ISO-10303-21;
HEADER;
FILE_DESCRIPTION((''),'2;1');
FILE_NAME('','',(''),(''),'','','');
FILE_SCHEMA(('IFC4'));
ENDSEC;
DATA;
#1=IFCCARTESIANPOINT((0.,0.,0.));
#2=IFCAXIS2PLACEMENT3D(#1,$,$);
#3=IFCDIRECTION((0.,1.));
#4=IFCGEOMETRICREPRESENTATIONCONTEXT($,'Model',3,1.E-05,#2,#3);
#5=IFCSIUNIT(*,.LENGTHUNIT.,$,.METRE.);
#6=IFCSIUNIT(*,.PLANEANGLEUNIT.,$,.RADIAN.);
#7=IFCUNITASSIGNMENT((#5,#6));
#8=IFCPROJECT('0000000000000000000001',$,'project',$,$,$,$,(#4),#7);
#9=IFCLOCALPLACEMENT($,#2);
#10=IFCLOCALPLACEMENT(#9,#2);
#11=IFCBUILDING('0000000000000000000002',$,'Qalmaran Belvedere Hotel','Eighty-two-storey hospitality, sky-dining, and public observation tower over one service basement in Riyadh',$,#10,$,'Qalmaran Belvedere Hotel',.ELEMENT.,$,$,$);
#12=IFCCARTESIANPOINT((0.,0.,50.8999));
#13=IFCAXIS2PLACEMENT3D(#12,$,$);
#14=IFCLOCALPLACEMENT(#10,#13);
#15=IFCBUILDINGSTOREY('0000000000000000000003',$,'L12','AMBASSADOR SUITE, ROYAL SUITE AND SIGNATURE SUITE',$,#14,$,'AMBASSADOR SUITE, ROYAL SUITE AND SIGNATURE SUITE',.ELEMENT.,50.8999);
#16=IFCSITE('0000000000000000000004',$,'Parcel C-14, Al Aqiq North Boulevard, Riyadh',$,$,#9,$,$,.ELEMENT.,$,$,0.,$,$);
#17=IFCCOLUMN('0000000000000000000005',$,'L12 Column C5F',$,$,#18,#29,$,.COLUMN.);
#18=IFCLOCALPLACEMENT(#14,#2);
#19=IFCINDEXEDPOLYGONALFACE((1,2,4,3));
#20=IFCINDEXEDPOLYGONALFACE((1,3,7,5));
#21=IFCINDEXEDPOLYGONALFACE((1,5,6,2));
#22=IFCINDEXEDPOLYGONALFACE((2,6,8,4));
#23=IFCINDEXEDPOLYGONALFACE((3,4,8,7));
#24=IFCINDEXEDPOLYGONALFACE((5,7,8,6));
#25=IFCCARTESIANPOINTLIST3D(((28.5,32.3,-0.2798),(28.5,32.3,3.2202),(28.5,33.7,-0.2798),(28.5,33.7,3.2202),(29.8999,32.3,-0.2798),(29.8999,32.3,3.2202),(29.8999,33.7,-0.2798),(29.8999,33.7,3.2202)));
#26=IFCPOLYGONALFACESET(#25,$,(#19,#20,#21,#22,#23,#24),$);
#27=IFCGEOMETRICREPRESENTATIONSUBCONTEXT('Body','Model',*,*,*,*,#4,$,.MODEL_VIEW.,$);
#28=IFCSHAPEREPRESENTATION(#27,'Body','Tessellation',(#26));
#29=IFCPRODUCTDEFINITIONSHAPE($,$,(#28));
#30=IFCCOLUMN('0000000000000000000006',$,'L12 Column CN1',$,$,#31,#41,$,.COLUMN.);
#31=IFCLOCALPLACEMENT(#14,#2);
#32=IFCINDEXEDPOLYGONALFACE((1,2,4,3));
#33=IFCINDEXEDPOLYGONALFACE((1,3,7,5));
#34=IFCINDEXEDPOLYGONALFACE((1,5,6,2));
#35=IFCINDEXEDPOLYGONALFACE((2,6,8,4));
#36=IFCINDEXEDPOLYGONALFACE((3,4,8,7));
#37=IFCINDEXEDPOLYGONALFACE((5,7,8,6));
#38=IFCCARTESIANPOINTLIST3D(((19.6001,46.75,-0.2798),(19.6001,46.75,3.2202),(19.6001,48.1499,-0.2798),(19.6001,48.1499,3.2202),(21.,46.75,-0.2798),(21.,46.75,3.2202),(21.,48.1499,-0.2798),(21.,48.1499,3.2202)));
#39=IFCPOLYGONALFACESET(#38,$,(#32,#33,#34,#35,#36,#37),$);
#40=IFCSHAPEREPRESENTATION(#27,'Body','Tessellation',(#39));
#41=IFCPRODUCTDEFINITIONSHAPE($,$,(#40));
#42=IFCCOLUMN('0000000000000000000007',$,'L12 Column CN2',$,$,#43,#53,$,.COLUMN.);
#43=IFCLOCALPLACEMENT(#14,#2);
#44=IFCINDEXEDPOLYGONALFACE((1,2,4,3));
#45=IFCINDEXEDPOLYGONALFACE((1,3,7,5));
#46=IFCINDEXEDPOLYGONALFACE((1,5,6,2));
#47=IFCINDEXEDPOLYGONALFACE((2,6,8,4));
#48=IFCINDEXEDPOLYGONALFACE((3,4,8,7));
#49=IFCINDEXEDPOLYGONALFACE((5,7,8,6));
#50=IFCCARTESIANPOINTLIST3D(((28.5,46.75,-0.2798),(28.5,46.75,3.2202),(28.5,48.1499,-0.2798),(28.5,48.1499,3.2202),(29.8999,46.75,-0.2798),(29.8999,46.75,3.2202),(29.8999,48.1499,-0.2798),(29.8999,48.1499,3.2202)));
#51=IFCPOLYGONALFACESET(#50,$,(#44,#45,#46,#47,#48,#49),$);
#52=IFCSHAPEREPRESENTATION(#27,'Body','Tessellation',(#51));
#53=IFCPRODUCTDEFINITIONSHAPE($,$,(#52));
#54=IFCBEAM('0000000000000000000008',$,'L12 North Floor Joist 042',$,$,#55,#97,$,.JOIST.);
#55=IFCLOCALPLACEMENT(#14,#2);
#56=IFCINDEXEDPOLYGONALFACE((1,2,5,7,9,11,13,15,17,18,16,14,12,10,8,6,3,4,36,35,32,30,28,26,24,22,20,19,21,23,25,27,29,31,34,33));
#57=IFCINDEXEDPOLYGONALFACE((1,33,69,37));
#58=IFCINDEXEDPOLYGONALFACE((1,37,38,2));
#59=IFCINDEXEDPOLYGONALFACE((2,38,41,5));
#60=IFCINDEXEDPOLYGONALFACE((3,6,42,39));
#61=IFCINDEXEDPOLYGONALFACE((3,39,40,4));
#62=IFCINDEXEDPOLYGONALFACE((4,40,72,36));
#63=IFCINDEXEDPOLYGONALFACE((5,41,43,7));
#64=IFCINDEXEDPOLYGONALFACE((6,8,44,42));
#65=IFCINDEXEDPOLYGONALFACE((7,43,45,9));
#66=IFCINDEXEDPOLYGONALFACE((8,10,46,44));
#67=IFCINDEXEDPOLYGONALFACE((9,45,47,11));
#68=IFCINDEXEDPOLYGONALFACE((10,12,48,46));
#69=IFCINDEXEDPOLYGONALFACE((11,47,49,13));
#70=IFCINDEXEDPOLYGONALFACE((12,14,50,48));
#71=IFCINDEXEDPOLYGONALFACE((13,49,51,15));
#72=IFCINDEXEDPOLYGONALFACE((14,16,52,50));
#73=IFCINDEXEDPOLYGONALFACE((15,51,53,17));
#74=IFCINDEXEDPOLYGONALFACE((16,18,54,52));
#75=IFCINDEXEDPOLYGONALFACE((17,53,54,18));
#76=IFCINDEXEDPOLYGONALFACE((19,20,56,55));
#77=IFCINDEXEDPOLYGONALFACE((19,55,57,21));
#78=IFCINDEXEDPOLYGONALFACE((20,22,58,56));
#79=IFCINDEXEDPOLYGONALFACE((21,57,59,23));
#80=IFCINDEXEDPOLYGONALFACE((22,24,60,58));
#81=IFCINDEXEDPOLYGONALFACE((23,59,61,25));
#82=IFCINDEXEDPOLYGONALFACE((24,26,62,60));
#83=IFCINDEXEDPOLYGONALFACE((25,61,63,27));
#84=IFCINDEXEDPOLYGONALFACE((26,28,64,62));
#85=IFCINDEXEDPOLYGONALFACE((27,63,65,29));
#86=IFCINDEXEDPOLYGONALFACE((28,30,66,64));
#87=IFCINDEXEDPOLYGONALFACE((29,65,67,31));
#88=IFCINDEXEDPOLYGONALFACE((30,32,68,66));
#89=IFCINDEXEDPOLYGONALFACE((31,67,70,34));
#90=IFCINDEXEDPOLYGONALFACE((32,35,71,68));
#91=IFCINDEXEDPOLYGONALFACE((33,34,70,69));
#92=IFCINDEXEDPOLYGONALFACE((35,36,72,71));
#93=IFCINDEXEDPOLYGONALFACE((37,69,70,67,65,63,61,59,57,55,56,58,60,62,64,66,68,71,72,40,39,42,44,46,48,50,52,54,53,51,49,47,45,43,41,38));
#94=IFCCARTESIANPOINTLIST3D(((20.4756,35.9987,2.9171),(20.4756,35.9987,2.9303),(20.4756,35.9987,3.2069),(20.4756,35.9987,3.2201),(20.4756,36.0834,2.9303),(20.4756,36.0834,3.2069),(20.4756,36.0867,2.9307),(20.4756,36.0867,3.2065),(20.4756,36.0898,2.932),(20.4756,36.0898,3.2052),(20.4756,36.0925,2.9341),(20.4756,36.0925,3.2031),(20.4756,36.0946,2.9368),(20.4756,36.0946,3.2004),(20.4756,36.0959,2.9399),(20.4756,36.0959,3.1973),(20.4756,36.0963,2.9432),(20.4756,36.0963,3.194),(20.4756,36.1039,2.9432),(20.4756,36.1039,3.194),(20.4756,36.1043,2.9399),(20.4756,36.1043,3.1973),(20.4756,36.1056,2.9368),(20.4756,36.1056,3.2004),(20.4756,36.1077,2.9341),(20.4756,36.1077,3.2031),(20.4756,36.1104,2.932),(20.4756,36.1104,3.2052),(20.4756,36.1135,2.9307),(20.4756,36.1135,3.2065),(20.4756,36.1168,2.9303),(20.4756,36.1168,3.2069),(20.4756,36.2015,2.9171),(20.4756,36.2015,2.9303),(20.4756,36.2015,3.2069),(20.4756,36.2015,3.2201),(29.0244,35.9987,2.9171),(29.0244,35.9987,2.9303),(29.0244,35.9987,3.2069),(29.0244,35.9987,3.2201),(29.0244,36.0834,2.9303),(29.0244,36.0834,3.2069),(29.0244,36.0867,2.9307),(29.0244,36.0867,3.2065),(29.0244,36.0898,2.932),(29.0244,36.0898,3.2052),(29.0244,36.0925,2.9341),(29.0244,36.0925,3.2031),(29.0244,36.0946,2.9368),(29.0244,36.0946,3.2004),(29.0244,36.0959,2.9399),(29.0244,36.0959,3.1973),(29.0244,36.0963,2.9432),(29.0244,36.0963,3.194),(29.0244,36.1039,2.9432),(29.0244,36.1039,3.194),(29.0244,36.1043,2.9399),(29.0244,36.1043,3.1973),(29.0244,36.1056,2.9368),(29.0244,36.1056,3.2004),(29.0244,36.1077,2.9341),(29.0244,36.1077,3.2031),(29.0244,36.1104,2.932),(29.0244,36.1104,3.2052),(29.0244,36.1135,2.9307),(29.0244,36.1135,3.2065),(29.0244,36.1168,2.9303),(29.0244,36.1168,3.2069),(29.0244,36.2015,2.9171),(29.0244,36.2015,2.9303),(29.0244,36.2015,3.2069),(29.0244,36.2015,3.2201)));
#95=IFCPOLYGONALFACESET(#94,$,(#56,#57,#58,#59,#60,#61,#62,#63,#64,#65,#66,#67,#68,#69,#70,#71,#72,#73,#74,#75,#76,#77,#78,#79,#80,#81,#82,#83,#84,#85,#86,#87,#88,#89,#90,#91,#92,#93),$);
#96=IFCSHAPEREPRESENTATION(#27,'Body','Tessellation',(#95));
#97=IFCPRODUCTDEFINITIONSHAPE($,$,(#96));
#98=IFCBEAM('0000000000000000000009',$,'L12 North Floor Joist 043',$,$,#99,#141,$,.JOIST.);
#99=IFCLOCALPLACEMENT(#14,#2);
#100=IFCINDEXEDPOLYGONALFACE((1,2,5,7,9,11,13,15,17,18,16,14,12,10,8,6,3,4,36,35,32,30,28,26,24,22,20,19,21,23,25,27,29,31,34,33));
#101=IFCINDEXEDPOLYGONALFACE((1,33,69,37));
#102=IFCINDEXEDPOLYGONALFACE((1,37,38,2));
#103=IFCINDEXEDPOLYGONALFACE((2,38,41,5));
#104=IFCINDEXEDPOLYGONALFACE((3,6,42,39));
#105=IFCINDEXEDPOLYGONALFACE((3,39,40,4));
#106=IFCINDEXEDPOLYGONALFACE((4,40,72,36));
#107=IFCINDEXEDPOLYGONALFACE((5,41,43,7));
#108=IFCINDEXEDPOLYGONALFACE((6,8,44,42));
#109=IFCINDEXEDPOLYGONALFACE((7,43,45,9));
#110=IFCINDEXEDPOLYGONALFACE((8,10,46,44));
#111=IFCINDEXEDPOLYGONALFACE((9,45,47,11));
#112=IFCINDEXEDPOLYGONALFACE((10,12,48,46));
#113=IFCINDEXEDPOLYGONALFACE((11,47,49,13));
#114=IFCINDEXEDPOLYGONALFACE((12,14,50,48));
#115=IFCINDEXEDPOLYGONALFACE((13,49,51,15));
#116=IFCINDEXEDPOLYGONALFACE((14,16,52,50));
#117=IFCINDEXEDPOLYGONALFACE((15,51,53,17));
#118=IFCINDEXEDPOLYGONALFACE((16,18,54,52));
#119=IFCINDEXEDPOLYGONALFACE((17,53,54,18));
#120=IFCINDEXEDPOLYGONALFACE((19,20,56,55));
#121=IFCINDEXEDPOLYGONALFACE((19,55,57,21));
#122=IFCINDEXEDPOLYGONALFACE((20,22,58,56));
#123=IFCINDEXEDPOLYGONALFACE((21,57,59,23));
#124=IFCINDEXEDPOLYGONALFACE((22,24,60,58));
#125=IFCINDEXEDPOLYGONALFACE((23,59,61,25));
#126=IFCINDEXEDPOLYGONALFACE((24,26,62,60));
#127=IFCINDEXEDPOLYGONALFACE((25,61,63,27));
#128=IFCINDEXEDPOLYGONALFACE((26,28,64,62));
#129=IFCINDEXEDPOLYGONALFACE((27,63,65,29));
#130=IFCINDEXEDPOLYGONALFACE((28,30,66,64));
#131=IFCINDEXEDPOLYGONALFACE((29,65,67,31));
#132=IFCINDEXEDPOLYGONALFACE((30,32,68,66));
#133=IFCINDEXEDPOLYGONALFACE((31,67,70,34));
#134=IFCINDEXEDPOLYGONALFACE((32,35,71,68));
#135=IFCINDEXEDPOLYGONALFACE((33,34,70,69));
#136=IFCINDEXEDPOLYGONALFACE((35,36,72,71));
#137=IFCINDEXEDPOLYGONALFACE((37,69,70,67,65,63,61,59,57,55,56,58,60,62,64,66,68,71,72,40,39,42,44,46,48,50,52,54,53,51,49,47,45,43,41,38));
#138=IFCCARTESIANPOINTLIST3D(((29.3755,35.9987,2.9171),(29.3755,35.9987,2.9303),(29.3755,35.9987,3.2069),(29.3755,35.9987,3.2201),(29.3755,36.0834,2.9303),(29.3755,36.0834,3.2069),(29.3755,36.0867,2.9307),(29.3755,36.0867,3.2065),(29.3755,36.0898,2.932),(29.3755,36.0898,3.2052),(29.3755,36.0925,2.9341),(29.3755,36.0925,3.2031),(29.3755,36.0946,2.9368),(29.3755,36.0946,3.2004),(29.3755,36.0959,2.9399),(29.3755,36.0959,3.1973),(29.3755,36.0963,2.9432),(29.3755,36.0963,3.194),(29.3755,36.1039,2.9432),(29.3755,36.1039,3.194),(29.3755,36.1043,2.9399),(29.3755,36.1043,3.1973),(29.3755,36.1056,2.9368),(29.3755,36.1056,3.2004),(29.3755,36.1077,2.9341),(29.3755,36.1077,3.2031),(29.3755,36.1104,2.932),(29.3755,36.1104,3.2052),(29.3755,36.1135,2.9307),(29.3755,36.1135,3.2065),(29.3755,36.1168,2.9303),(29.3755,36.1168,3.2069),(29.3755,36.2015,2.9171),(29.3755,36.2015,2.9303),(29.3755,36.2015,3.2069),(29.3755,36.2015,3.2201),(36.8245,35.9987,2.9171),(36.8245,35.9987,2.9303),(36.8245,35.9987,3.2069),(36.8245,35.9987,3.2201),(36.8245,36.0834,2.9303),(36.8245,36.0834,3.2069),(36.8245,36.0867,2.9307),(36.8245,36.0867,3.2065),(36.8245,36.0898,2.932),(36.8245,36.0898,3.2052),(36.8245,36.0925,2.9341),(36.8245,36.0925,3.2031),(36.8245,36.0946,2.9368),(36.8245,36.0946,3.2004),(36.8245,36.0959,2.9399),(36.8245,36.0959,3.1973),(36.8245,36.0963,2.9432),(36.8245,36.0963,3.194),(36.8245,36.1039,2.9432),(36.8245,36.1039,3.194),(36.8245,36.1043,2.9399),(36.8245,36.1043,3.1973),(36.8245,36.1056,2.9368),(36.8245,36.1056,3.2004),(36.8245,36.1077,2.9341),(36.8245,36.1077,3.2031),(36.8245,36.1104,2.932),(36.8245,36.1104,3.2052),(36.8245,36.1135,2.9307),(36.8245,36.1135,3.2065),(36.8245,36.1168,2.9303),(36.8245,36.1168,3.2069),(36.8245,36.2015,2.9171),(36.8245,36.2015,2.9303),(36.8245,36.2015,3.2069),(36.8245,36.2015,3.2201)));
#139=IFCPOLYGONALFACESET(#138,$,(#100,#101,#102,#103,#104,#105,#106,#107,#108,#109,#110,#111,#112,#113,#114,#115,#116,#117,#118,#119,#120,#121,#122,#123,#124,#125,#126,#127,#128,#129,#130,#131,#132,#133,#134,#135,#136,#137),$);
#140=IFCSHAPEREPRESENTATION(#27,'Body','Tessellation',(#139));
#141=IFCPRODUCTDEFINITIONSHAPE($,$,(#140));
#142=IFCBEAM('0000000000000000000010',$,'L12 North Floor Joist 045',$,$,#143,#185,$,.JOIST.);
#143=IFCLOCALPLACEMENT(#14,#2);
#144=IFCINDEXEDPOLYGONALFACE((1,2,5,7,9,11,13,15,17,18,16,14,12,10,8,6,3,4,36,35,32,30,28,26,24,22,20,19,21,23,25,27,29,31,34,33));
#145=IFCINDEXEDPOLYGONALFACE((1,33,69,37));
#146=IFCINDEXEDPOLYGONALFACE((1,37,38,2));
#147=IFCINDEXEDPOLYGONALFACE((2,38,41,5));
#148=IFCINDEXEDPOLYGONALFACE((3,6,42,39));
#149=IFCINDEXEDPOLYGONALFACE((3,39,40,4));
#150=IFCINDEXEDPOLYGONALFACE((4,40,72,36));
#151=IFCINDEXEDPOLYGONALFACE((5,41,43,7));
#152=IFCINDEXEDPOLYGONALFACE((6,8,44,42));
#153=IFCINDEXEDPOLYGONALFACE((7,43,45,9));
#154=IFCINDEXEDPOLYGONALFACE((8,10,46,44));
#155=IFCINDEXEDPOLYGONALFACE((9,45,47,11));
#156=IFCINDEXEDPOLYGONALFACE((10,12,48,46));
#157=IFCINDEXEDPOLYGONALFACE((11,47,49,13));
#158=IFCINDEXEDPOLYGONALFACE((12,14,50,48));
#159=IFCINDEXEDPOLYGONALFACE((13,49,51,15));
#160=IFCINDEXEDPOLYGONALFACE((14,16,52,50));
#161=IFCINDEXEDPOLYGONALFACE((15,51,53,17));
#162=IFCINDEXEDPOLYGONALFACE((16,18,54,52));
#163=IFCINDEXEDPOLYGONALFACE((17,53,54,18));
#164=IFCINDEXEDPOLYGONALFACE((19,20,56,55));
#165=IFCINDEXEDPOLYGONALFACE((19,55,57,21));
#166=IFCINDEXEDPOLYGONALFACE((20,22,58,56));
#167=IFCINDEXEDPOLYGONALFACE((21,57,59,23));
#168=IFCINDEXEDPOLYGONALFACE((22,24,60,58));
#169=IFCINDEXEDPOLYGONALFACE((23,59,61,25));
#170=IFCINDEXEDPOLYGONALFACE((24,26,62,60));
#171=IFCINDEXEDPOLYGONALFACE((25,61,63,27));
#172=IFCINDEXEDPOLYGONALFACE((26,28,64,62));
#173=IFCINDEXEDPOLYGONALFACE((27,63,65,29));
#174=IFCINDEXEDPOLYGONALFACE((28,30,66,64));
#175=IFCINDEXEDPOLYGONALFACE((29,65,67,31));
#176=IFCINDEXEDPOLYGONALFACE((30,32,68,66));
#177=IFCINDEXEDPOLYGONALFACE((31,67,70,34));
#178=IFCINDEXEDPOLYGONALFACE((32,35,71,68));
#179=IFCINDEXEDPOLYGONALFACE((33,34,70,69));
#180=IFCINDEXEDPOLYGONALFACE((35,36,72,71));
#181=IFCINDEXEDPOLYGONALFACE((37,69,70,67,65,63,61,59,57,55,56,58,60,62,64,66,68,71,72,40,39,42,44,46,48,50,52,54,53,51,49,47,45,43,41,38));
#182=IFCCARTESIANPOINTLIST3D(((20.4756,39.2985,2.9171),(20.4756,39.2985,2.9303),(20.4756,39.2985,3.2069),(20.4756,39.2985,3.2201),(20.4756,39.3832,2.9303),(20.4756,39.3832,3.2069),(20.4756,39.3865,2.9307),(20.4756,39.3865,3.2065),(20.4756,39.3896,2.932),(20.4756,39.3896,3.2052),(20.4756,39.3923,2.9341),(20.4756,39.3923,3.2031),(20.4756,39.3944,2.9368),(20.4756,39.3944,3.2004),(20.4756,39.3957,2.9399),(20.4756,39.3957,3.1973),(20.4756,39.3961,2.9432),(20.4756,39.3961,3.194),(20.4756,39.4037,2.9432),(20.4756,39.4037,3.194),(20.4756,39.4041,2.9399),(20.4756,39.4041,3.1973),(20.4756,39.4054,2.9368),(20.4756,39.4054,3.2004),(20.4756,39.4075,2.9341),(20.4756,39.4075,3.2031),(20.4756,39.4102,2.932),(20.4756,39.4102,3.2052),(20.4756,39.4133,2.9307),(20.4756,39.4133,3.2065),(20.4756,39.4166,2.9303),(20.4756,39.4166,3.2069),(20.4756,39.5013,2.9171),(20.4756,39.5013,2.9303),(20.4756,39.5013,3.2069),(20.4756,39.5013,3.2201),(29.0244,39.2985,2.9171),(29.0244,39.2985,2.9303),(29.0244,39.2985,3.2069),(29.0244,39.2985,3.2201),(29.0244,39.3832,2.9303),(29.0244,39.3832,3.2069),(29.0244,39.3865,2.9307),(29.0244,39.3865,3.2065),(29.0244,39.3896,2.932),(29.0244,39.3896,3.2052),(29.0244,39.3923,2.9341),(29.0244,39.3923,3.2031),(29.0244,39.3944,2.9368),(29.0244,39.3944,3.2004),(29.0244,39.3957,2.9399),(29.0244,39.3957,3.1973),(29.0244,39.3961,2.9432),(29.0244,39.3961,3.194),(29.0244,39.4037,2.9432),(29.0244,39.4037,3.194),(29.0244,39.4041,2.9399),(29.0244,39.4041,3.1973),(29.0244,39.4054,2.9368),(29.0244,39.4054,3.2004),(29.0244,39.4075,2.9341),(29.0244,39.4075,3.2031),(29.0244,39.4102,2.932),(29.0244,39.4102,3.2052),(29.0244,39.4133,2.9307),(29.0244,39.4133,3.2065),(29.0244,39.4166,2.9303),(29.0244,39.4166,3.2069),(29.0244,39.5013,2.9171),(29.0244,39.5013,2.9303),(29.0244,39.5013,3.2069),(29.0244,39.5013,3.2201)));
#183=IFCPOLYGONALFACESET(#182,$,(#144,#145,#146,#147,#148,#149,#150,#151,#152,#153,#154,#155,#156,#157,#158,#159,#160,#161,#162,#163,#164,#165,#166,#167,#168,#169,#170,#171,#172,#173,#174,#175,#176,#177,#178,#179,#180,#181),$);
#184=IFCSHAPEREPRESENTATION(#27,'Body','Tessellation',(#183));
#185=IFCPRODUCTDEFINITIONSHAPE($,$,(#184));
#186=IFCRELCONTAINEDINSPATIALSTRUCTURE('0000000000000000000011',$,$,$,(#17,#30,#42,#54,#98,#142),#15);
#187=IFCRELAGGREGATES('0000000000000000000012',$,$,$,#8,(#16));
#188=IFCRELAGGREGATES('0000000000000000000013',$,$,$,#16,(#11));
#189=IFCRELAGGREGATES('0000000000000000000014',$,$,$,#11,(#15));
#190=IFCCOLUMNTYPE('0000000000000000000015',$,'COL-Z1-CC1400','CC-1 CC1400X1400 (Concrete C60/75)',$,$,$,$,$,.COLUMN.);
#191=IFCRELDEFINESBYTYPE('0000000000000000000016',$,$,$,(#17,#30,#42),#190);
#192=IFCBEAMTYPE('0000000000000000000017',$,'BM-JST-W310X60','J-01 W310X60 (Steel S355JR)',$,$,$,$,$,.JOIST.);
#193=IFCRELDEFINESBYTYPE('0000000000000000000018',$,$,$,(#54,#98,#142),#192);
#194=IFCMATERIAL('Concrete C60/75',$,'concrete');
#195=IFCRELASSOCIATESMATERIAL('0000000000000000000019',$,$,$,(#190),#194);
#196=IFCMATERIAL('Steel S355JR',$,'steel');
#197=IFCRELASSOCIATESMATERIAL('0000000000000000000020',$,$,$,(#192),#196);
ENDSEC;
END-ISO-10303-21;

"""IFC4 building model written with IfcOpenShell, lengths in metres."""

from ifc_helpers import new_model, si_unit, direction, frame, origin, origin_2d, place, context, subcontext, project, spatial, rectangle, i_section, extrude, material, material_profile, profile_set, type_object, element, save


model = new_model("IFC4")

# Units and contexts
model_context = context("Model", 3, precision=1e-05, world=origin(), true_north=direction((0.0, 1.0)))
body_context = subcontext(model_context, "Body", "Model", "MODEL_VIEW")
ifc_project = project(units=[si_unit("LENGTHUNIT", "METRE"), si_unit("PLANEANGLEUNIT", "RADIAN")], contexts=[model_context])

# Site, building, storey
site_placement = place(None, origin())
site = spatial("IfcSite", under=ifc_project, at=site_placement, Name="Parcel C-14, Al Aqiq North Boulevard, Riyadh", CompositionType="ELEMENT", RefElevation=0.0)
building_placement = place(site_placement, origin())
building = spatial("IfcBuilding", under=site, at=building_placement, Name="Qalmaran Belvedere Hotel", Description="Eighty-two-storey hospitality, sky-dining, and public observation tower over one service basement in Riyadh", LongName="Qalmaran Belvedere Hotel", CompositionType="ELEMENT")
storey_placement = place(building_placement, frame((0.0, 0.0, 50.8999)))
storey = spatial("IfcBuildingStorey", under=building, at=storey_placement, Name="L12", Description="AMBASSADOR SUITE, ROYAL SUITE AND SIGNATURE SUITE", LongName="AMBASSADOR SUITE, ROYAL SUITE AND SIGNATURE SUITE", CompositionType="ELEMENT", Elevation=50.8999)

# Columns
ifc_material_1 = material(Name="Concrete C60/75", Category="concrete")
ifc_material_profile_1 = material_profile(ifc_material_1, rectangle(XDim=1.3999, YDim=1.3999, at=origin_2d()), Name="CC1400X1400")
ifc_profile_set_1 = profile_set([ifc_material_profile_1], Name="Concrete C60/75")
column_type = type_object("IfcColumnType", Name="COL-Z1-CC1400", Description="CC-1 CC1400X1400 (Concrete C60/75)", PredefinedType="COLUMN", material=ifc_profile_set_1)
for number, where, z_axis, x_axis, name in (
    (1, (29.2, 33.0, -0.2798), (0.0, 0.0, 1.0), (1.0, 0.0, 0.0), "L12 Column C5F"),
    (2, (20.3, 47.45, -0.2798), (0.0, 0.0, 1.0), (1.0, 0.0, 0.0), "L12 Column CN1"),
    (3, (29.2, 47.45, -0.2798), (0.0, 0.0, 1.0), (1.0, 0.0, 0.0), "L12 Column CN2"),
):
    element("IfcColumn", number, at=place(storey_placement, frame(where, z_axis=z_axis, x_axis=x_axis)), inside=storey, type_object=column_type, Name=name, PredefinedType="COLUMN", context=body_context, shape_type="SweptSolid", body=[
        extrude(rectangle(XDim=1.3999, YDim=1.3999, at=origin_2d()), origin(), (0.0, 0.0, 1.0), 3.5),
    ])

# Beams
ifc_material_2 = material(Name="Steel S355JR", Category="steel")
ifc_material_profile_2 = material_profile(ifc_material_2, i_section(OverallWidth=0.2029, OverallDepth=0.303, WebThickness=0.0076, FlangeThickness=0.0132, FilletRadius=0.0129, at=origin_2d()), Name="W310X60")
ifc_profile_set_2 = profile_set([ifc_material_profile_2], Name="Steel S355JR")
beam_type_1 = type_object("IfcBeamType", Name="BM-JST-W310X60", Description="J-01 W310X60 (Steel S355JR)", PredefinedType="JOIST", material=ifc_profile_set_2)
beam_1_placement = place(storey_placement, frame((20.4756, 36.1001, 3.0686), z_axis=(1.0, 0.0, 0.0), x_axis=(0.0, 1.0, 0.0)))
element("IfcBeam", 4, at=beam_1_placement, inside=storey, type_object=beam_type_1, Name="L12 North Floor Joist 042", PredefinedType="JOIST", context=body_context, shape_type="SweptSolid", body=[
    extrude(i_section(OverallWidth=0.2029, OverallDepth=0.303, WebThickness=0.0076, FlangeThickness=0.0132, FilletRadius=0.0129, at=origin_2d()), origin(), (0.0, 0.0, 1.0), 8.5488),
])
beam_2_placement = place(storey_placement, frame((29.3755, 36.1001, 3.0686), z_axis=(1.0, 0.0, 0.0), x_axis=(0.0, 1.0, 0.0)))
element("IfcBeam", 5, at=beam_2_placement, inside=storey, type_object=beam_type_1, Name="L12 North Floor Joist 043", PredefinedType="JOIST", context=body_context, shape_type="SweptSolid", body=[
    extrude(i_section(OverallWidth=0.2029, OverallDepth=0.303, WebThickness=0.0076, FlangeThickness=0.0132, FilletRadius=0.0129, at=origin_2d()), origin(), (0.0, 0.0, 1.0), 7.449),
])
beam_3_placement = place(storey_placement, frame((20.4756, 39.3999, 3.0686), z_axis=(1.0, 0.0, 0.0), x_axis=(0.0, 1.0, 0.0)))
element("IfcBeam", 6, at=beam_3_placement, inside=storey, type_object=beam_type_1, Name="L12 North Floor Joist 045", PredefinedType="JOIST", context=body_context, shape_type="SweptSolid", body=[
    extrude(i_section(OverallWidth=0.2029, OverallDepth=0.303, WebThickness=0.0076, FlangeThickness=0.0132, FilletRadius=0.0129, at=origin_2d()), origin(), (0.0, 0.0, 1.0), 8.5488),
])

save(model, "model.ifc")
